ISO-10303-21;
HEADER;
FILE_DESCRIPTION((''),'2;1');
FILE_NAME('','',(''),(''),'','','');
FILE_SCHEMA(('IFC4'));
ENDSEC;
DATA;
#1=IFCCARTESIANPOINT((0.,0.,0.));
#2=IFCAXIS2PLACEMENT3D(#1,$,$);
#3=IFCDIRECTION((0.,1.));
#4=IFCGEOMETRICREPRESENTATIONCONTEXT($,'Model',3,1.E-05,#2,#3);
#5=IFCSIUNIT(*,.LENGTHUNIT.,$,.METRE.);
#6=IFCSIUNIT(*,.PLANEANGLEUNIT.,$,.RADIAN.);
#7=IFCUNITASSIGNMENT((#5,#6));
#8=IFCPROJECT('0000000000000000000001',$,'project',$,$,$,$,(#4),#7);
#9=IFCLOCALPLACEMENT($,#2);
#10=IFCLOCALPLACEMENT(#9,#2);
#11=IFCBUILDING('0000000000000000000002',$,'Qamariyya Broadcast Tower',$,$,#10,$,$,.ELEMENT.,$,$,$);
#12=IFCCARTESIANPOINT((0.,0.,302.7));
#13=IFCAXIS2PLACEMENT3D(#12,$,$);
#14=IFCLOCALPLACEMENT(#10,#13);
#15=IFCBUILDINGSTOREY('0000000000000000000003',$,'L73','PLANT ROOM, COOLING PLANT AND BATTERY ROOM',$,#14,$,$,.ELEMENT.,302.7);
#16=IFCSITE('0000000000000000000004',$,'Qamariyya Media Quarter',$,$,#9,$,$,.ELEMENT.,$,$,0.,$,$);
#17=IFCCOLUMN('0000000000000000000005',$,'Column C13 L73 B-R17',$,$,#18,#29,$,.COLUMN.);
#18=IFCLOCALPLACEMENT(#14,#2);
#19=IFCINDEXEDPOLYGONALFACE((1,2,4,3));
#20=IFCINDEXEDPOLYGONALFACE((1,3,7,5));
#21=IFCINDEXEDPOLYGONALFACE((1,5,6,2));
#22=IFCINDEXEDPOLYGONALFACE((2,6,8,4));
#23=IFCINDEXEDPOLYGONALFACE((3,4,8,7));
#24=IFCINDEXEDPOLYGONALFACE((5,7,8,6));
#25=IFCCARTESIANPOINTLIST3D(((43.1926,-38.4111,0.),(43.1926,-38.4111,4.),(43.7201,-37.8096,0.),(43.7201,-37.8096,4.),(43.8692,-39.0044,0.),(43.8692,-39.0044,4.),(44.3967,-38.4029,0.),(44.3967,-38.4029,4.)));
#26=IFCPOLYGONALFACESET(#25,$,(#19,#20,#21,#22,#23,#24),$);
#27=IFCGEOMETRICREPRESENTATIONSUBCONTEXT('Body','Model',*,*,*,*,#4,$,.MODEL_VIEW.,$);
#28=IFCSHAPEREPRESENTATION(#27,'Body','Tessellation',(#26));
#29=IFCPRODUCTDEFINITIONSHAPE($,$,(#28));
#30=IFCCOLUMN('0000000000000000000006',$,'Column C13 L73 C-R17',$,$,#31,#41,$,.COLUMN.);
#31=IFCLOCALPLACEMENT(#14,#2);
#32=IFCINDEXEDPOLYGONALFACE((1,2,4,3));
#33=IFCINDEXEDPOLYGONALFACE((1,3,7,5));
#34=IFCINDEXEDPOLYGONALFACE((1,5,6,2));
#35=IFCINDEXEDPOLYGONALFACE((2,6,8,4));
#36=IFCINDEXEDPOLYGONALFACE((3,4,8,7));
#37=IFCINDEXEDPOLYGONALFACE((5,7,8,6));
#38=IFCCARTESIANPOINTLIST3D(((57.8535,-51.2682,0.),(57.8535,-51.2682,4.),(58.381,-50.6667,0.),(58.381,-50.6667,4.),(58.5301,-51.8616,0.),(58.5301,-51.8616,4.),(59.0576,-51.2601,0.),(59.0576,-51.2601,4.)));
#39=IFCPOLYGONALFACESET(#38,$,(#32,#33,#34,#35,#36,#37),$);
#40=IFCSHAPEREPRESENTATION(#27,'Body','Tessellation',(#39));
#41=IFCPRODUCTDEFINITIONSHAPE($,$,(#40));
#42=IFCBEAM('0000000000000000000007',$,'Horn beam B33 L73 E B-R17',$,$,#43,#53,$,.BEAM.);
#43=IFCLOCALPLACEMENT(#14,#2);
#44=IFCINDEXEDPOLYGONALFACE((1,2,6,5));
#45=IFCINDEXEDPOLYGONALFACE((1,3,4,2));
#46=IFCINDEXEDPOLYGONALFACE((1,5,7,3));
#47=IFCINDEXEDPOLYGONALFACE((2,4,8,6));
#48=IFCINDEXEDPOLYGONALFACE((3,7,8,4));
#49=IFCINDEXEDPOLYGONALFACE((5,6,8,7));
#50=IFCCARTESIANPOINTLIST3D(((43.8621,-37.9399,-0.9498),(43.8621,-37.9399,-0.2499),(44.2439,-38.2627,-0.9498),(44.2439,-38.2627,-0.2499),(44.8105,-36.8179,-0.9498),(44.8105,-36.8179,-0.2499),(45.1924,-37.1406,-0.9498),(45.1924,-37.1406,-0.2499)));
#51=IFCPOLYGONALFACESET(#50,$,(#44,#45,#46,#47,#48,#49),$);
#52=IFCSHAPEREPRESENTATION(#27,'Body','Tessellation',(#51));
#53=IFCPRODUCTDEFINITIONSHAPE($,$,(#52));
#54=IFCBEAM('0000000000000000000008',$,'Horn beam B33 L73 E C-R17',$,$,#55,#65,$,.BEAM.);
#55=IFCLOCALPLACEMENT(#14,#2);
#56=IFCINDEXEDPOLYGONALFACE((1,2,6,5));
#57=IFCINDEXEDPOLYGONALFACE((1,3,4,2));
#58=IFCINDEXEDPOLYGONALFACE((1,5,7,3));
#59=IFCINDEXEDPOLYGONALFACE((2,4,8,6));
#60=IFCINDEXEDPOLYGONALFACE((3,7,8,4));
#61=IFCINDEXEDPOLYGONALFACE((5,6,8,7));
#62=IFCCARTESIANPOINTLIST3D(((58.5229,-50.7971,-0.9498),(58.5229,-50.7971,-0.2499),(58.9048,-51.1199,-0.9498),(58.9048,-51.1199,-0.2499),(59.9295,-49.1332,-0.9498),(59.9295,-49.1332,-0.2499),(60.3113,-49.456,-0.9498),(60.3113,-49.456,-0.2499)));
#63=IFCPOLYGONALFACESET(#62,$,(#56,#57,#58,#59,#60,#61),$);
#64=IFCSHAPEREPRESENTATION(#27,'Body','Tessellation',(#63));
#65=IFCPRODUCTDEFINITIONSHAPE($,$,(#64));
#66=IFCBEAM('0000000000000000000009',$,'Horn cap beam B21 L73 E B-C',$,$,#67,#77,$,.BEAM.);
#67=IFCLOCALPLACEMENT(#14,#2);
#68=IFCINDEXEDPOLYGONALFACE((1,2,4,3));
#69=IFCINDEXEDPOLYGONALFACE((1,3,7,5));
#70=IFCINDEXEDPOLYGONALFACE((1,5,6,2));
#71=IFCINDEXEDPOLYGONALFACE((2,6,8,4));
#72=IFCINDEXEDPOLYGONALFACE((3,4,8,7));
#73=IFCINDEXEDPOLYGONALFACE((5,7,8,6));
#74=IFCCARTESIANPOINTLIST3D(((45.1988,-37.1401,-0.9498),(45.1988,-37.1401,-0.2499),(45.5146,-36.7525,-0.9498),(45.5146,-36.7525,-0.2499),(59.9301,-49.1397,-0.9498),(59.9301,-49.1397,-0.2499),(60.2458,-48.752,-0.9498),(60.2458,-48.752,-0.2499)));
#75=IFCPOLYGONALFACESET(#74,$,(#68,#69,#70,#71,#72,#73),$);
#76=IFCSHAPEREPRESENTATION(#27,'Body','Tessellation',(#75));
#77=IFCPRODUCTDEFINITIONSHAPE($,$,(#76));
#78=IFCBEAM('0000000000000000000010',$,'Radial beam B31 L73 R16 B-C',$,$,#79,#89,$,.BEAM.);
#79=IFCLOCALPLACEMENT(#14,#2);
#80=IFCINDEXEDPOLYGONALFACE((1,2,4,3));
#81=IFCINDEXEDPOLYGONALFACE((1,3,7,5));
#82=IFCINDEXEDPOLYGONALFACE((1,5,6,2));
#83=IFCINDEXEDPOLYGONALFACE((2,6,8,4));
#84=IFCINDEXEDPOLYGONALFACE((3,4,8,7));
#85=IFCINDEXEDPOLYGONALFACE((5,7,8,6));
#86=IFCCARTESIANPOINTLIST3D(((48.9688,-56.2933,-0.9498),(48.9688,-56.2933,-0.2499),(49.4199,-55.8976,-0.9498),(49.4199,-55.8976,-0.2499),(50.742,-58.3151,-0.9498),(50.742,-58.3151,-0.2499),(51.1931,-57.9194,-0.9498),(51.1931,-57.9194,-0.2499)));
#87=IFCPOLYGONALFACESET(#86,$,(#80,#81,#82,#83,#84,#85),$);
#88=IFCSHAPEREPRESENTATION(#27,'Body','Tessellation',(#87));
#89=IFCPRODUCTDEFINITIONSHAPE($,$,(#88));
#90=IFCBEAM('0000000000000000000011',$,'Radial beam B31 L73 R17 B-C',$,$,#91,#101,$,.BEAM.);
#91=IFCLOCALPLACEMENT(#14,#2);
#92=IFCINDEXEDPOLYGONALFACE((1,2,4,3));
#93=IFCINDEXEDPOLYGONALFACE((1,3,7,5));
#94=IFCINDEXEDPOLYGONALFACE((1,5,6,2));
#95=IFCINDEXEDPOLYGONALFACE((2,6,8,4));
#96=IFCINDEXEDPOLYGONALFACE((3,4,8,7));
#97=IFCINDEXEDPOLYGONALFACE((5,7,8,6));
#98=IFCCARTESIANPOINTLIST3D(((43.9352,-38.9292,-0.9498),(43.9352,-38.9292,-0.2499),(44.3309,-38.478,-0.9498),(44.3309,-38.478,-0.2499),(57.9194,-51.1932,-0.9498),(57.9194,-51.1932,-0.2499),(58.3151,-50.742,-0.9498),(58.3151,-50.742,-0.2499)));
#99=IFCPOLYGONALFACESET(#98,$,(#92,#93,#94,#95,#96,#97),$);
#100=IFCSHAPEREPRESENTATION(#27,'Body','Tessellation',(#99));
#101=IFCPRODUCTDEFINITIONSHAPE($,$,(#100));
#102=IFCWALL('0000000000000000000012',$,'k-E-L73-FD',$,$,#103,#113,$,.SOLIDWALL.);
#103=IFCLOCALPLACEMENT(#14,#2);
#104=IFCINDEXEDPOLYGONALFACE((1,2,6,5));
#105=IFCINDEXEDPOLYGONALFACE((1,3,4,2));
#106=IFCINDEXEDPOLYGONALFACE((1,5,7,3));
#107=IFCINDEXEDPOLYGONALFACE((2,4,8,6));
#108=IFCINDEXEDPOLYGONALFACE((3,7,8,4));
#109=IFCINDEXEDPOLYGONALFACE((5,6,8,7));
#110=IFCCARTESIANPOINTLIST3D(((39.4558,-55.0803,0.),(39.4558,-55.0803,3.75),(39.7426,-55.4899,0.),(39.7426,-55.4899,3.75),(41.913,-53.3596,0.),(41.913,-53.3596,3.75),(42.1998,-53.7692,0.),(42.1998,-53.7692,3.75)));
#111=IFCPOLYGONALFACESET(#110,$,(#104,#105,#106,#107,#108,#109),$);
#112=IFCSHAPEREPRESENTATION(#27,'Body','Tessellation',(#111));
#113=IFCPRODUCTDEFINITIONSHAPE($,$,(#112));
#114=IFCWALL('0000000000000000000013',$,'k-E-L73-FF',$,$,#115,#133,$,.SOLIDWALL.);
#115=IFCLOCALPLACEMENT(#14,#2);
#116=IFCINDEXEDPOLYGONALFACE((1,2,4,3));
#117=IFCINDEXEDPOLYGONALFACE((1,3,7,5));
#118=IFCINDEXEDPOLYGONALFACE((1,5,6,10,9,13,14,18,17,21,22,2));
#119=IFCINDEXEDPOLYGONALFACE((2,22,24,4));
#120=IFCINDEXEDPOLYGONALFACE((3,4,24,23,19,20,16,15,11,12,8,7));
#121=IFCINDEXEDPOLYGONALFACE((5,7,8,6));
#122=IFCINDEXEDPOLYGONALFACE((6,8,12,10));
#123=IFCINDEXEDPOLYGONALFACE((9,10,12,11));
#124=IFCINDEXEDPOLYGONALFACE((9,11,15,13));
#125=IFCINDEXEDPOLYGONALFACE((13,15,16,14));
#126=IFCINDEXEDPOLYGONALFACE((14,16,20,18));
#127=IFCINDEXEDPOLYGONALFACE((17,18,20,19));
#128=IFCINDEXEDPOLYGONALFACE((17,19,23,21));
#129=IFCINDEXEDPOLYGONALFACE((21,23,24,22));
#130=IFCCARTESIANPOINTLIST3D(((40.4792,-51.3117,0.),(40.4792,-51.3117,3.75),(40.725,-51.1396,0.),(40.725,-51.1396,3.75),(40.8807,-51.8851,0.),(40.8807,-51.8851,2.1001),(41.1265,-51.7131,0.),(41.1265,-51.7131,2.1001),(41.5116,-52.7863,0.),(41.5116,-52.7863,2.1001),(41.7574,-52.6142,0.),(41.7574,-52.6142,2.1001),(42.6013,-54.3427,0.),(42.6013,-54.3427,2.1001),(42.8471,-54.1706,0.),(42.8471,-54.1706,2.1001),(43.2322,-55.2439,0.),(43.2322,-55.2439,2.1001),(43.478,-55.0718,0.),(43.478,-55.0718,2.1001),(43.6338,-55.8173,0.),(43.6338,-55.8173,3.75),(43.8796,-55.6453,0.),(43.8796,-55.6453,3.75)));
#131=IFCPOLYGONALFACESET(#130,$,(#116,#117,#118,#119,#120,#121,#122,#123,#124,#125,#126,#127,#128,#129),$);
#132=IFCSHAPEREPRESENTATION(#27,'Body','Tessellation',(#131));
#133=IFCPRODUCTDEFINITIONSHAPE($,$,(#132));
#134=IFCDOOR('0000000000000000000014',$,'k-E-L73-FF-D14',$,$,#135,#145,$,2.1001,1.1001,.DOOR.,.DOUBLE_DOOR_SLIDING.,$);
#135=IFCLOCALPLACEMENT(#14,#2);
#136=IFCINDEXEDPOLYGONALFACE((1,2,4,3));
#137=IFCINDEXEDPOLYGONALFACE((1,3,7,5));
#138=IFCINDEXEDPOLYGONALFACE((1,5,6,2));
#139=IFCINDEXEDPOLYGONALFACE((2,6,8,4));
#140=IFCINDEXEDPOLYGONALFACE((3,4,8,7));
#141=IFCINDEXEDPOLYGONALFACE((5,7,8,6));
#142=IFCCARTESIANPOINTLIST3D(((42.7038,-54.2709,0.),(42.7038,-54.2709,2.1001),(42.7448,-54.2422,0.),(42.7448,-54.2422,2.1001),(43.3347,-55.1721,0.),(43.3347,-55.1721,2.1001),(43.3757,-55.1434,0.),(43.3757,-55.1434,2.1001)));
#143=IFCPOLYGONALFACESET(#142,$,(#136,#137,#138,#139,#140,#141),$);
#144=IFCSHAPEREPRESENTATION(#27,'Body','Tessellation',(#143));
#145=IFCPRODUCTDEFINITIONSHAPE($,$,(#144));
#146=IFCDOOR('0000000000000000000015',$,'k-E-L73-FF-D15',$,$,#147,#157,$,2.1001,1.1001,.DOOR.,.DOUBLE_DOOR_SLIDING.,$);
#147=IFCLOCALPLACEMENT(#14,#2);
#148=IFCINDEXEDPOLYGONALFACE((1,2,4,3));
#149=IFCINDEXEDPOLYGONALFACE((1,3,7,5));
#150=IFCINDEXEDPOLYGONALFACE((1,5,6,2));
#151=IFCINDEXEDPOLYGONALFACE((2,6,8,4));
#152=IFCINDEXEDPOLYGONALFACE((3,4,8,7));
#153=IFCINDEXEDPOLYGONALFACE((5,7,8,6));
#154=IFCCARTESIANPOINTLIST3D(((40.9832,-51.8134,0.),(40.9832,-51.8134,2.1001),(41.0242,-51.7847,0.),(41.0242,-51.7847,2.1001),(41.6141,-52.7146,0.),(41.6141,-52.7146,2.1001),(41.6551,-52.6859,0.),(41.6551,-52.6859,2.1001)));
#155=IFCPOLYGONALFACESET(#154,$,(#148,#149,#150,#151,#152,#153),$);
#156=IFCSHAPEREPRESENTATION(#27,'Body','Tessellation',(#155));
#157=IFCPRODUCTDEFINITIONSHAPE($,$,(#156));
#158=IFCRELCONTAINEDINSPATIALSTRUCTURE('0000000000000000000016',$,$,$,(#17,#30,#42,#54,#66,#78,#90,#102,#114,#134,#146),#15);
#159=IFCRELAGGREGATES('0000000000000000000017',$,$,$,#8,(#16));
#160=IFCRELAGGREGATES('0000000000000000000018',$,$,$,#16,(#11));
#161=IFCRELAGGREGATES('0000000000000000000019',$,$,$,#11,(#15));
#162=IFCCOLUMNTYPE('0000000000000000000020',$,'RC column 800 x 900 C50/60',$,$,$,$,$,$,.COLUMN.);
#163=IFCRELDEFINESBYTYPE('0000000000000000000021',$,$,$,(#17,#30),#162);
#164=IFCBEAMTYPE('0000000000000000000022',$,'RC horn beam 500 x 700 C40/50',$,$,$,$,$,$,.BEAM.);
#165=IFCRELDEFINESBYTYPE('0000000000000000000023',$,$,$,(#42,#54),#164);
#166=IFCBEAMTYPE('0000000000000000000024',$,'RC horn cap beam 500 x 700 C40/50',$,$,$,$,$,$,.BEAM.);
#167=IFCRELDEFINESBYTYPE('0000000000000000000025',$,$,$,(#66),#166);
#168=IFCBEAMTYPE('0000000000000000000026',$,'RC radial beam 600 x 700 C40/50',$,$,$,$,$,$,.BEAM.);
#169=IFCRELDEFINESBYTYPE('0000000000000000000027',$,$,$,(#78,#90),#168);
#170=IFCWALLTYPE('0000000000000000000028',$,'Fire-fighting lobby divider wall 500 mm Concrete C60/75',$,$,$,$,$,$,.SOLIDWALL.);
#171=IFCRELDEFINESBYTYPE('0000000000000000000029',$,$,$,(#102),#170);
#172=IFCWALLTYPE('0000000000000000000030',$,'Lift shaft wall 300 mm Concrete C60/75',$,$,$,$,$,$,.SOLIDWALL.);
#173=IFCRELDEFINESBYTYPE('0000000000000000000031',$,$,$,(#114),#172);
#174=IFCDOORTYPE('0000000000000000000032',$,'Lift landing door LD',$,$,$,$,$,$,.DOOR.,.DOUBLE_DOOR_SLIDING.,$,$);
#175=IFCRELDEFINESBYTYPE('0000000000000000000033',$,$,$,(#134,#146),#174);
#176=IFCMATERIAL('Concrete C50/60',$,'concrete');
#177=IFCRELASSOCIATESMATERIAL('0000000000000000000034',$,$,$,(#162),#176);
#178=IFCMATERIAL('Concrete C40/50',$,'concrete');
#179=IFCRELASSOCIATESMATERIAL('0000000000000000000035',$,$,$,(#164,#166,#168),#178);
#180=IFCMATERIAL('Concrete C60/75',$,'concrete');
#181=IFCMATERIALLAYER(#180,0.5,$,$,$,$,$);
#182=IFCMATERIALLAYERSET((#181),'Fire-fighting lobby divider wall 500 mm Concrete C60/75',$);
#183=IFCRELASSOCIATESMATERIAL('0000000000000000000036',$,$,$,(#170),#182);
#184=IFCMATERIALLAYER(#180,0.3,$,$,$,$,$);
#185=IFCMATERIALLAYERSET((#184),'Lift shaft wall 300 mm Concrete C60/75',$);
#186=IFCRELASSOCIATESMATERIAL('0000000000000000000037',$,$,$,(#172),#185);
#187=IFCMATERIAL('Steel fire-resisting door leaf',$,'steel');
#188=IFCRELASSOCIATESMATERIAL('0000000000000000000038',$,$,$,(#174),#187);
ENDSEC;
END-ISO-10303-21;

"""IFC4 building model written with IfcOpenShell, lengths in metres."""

from ifc_helpers import new_model, si_unit, direction, frame, frame_2d, origin, origin_2d, place, context, subcontext, project, spatial, rectangle, extrude, material, layer, layer_set, material_profile, profile_set, type_object, element, fill, save


model = new_model("IFC4")

# Units and contexts
model_context = context("Model", 3, precision=1e-05, world=origin(), true_north=direction((0.0, 1.0)))
body_context = subcontext(model_context, "Body", "Model", "MODEL_VIEW")
ifc_project = project(units=[si_unit("LENGTHUNIT", "METRE"), si_unit("PLANEANGLEUNIT", "RADIAN")], contexts=[model_context])

# Site, building, storey
site_placement = place(None, origin())
site = spatial("IfcSite", under=ifc_project, at=site_placement, Name="Qamariyya Media Quarter", CompositionType="ELEMENT", RefElevation=0.0)
building_placement = place(site_placement, origin())
building = spatial("IfcBuilding", under=site, at=building_placement, Name="Qamariyya Broadcast Tower", CompositionType="ELEMENT")
storey_placement = place(building_placement, frame((0.0, 0.0, 302.7)))
storey = spatial("IfcBuildingStorey", under=building, at=storey_placement, Name="L73", Description="PLANT ROOM, COOLING PLANT AND BATTERY ROOM", CompositionType="ELEMENT", Elevation=302.7)

# Columns
ifc_material_1 = material(Name="Concrete C50/60", Category="concrete")
ifc_material_profile_1 = material_profile(ifc_material_1, rectangle(XDim=0.8, YDim=0.8999, at=origin_2d()))
ifc_profile_set_1 = profile_set([ifc_material_profile_1], Name="Concrete C50/60")
column_type = type_object("IfcColumnType", Name="RC column 800 x 900 C50/60", PredefinedType="COLUMN", material=ifc_profile_set_1)
for number, where, z_axis, x_axis, name in (
    (1, (43.7947, -38.407, 0.0), (0.0, 0.0, 1.0), (0.659346, 0.75184, 0.0), "Column C13 L73 B-R17"),
    (2, (58.4556, -51.2642, 0.0), (0.0, 0.0, 1.0), (0.659346, 0.75184, 0.0), "Column C13 L73 C-R17"),
):
    element("IfcColumn", number, at=place(storey_placement, frame(where, z_axis=z_axis, x_axis=x_axis)), inside=storey, type_object=column_type, Name=name, PredefinedType="COLUMN", context=body_context, shape_type="SweptSolid", body=[
        extrude(rectangle(XDim=0.8, YDim=0.8999, at=origin_2d()), origin(), (0.0, 0.0, 1.0), 4.0),
    ])

# Beams
ifc_material_2 = material(Name="Concrete C40/50", Category="concrete")
ifc_material_profile_2 = material_profile(ifc_material_2, rectangle(XDim=0.5, YDim=0.7, at=origin_2d()))
ifc_profile_set_2 = profile_set([ifc_material_profile_2], Name="Concrete C40/50")
beam_type_1 = type_object("IfcBeamType", Name="RC horn beam 500 x 700 C40/50", PredefinedType="BEAM", material=ifc_profile_set_2)
beam_1_placement = place(storey_placement, frame((44.053, -38.1013, -0.5999), z_axis=(0.645562, 0.763708, 0.0), x_axis=(-0.763708, 0.645562, 0.0)))
element("IfcBeam", 3, at=beam_1_placement, inside=storey, type_object=beam_type_1, Name="Horn beam B33 L73 E B-R17", PredefinedType="BEAM", context=body_context, shape_type="SweptSolid", body=[
    extrude(rectangle(XDim=0.5, YDim=0.7, at=origin_2d()), origin(), (0.0, 0.0, 1.0), 1.4692),
])
beam_2_placement = place(storey_placement, frame((58.7139, -50.9585, -0.5999), z_axis=(0.64558, 0.763692, 0.0), x_axis=(-0.763692, 0.64558, 0.0)))
element("IfcBeam", 4, at=beam_2_placement, inside=storey, type_object=beam_type_1, Name="Horn beam B33 L73 E C-R17", PredefinedType="BEAM", context=body_context, shape_type="SweptSolid", body=[
    extrude(rectangle(XDim=0.5, YDim=0.7, at=origin_2d()), origin(), (0.0, 0.0, 1.0), 2.1787),
])
ifc_material_profile_3 = material_profile(ifc_material_2, rectangle(XDim=0.5, YDim=0.7, at=origin_2d()))
ifc_profile_set_3 = profile_set([ifc_material_profile_3], Name="Concrete C40/50")
beam_type_2 = type_object("IfcBeamType", Name="RC horn cap beam 500 x 700 C40/50", PredefinedType="BEAM", material=ifc_profile_set_3)
beam_3_placement = place(storey_placement, frame((45.3567, -36.9463, -0.5999), z_axis=(0.77533, -0.631556, 0.0), x_axis=(0.631556, 0.77533, 0.0)))
element("IfcBeam", 5, at=beam_3_placement, inside=storey, type_object=beam_type_2, Name="Horn cap beam B21 L73 E B-C", PredefinedType="BEAM", context=body_context, shape_type="SweptSolid", body=[
    extrude(rectangle(XDim=0.5, YDim=0.7, at=origin_2d()), origin(), (0.0, 0.0, 1.0), 19.0),
])
ifc_material_profile_4 = material_profile(ifc_material_2, rectangle(XDim=0.6001, YDim=0.7, at=origin_2d()))
ifc_profile_set_4 = profile_set([ifc_material_profile_4], Name="Concrete C40/50")
beam_type_3 = type_object("IfcBeamType", Name="RC radial beam 600 x 700 C40/50", PredefinedType="BEAM", material=ifc_profile_set_4)
beam_4_placement = place(storey_placement, frame((49.1943, -56.0955, -0.5999), z_axis=(0.659385, -0.751806, 0.0), x_axis=(0.751806, 0.659385, 0.0)))
element("IfcBeam", 6, at=beam_4_placement, inside=storey, type_object=beam_type_3, Name="Radial beam B31 L73 R16 B-C", PredefinedType="BEAM", context=body_context, shape_type="SweptSolid", body=[
    extrude(rectangle(XDim=0.6001, YDim=0.7, at=origin_2d()), origin(), (0.0, 0.0, 1.0), 2.6892),
])
beam_5_placement = place(storey_placement, frame((44.1331, -38.7036, -0.5999), z_axis=(0.751835, -0.659351, 0.0), x_axis=(0.659351, 0.751835, 0.0)))
element("IfcBeam", 7, at=beam_5_placement, inside=storey, type_object=beam_type_3, Name="Radial beam B31 L73 R17 B-C", PredefinedType="BEAM", context=body_context, shape_type="SweptSolid", body=[
    extrude(rectangle(XDim=0.6001, YDim=0.7, at=origin_2d()), origin(), (0.0, 0.0, 1.0), 18.6001),
])

# Wall
ifc_material_3 = material(Name="Concrete C60/75", Category="concrete")
ifc_layer_1 = layer(ifc_material_3, 0.5)
ifc_layer_set_1 = layer_set([ifc_layer_1], Name="Fire-fighting lobby divider wall 500 mm Concrete C60/75")
wall_type_1 = type_object("IfcWallType", Name="Fire-fighting lobby divider wall 500 mm Concrete C60/75", PredefinedType="SOLIDWALL", material=ifc_layer_set_1)
wall_1_placement = place(storey_placement, frame((39.5991, -55.2852, 0.0), z_axis=(0.0, 0.0, 1.0), x_axis=(0.819136, 0.573599, 0.0)))
element("IfcWall", 8, at=wall_1_placement, inside=storey, type_object=wall_type_1, Name="k-E-L73-FD", PredefinedType="SOLIDWALL", context=body_context, shape_type="SweptSolid", body=[
    extrude(rectangle(XDim=2.9998, YDim=0.5, at=frame_2d((1.5, 0.0))), origin(), (0.0, 0.0, 1.0), 3.75),
])

# Wall, openings, doors
ifc_layer_2 = layer(ifc_material_3, 0.3)
ifc_layer_set_2 = layer_set([ifc_layer_2], Name="Lift shaft wall 300 mm Concrete C60/75")
wall_type_2 = type_object("IfcWallType", Name="Lift shaft wall 300 mm Concrete C60/75", PredefinedType="SOLIDWALL", material=ifc_layer_set_2)
wall_2_placement = place(storey_placement, frame((43.7566, -55.7312, 0.0), z_axis=(0.0, 0.0, 1.0), x_axis=(-0.573537, 0.81918, 0.0)))
wall_2 = element("IfcWall", 9, at=wall_2_placement, inside=storey, type_object=wall_type_2, Name="k-E-L73-FF", PredefinedType="SOLIDWALL", context=body_context, shape_type="SweptSolid", body=[
    extrude(rectangle(XDim=5.5002, YDim=0.3, at=frame_2d((2.75, 0.0))), origin(), (0.0, 0.0, 1.0), 3.75),
])
opening_1_placement = place(wall_2_placement, frame((0.7, 0.0, 0.0)))
opening_1 = element("IfcOpeningElement", 10, at=opening_1_placement, cuts=wall_2, PredefinedType="OPENING", context=body_context, shape_type="SweptSolid", body=[
    extrude(rectangle(XDim=1.1001, YDim=2.1001, at=frame_2d((0.55, 1.05))), frame((0.0, 0.1599, 0.0), z_axis=(0.0, -1.0, 0.0), x_axis=(1.0, 0.0, 0.0)), (0.0, 0.0, 1.0), 0.3201),
])
opening_2_placement = place(wall_2_placement, frame((3.7, 0.0, 0.0)))
opening_2 = element("IfcOpeningElement", 11, at=opening_2_placement, cuts=wall_2, PredefinedType="OPENING", context=body_context, shape_type="SweptSolid", body=[
    extrude(rectangle(XDim=1.1001, YDim=2.1001, at=frame_2d((0.55, 1.05))), frame((0.0, 0.1599, 0.0), z_axis=(0.0, -1.0, 0.0), x_axis=(1.0, 0.0, 0.0)), (0.0, 0.0, 1.0), 0.3201),
])
ifc_material_4 = material(Name="Steel fire-resisting door leaf", Category="steel")
door_type_1 = type_object("IfcDoorType", Name="Lift landing door LD", OperationType="DOUBLE_DOOR_SLIDING", PredefinedType="DOOR", material=ifc_material_4)
door_1_placement = place(opening_1_placement, origin())
door_1 = element("IfcDoor", 12, at=door_1_placement, inside=storey, type_object=door_type_1, Name="k-E-L73-FF-D14", OperationType="DOUBLE_DOOR_SLIDING", OverallHeight=2.1001, OverallWidth=1.1001, PredefinedType="DOOR", context=body_context, shape_type="SweptSolid", body=[
    extrude(rectangle(XDim=1.1001, YDim=2.1001, at=frame_2d((0.55, 1.05))), frame((0.0, 0.0249, 0.0), z_axis=(0.0, -1.0, 0.0), x_axis=(1.0, 0.0, 0.0)), (0.0, 0.0, 1.0), 0.05),
])
fill(opening_1, door_1)
door_2_placement = place(opening_2_placement, origin())
door_2 = element("IfcDoor", 13, at=door_2_placement, inside=storey, type_object=door_type_1, Name="k-E-L73-FF-D15", OperationType="DOUBLE_DOOR_SLIDING", OverallHeight=2.1001, OverallWidth=1.1001, PredefinedType="DOOR", context=body_context, shape_type="SweptSolid", body=[
    extrude(rectangle(XDim=1.1001, YDim=2.1001, at=frame_2d((0.55, 1.05))), frame((0.0, 0.0249, 0.0), z_axis=(0.0, -1.0, 0.0), x_axis=(1.0, 0.0, 0.0)), (0.0, 0.0, 1.0), 0.05),
])
fill(opening_2, door_2)

save(model, "model.ifc")
